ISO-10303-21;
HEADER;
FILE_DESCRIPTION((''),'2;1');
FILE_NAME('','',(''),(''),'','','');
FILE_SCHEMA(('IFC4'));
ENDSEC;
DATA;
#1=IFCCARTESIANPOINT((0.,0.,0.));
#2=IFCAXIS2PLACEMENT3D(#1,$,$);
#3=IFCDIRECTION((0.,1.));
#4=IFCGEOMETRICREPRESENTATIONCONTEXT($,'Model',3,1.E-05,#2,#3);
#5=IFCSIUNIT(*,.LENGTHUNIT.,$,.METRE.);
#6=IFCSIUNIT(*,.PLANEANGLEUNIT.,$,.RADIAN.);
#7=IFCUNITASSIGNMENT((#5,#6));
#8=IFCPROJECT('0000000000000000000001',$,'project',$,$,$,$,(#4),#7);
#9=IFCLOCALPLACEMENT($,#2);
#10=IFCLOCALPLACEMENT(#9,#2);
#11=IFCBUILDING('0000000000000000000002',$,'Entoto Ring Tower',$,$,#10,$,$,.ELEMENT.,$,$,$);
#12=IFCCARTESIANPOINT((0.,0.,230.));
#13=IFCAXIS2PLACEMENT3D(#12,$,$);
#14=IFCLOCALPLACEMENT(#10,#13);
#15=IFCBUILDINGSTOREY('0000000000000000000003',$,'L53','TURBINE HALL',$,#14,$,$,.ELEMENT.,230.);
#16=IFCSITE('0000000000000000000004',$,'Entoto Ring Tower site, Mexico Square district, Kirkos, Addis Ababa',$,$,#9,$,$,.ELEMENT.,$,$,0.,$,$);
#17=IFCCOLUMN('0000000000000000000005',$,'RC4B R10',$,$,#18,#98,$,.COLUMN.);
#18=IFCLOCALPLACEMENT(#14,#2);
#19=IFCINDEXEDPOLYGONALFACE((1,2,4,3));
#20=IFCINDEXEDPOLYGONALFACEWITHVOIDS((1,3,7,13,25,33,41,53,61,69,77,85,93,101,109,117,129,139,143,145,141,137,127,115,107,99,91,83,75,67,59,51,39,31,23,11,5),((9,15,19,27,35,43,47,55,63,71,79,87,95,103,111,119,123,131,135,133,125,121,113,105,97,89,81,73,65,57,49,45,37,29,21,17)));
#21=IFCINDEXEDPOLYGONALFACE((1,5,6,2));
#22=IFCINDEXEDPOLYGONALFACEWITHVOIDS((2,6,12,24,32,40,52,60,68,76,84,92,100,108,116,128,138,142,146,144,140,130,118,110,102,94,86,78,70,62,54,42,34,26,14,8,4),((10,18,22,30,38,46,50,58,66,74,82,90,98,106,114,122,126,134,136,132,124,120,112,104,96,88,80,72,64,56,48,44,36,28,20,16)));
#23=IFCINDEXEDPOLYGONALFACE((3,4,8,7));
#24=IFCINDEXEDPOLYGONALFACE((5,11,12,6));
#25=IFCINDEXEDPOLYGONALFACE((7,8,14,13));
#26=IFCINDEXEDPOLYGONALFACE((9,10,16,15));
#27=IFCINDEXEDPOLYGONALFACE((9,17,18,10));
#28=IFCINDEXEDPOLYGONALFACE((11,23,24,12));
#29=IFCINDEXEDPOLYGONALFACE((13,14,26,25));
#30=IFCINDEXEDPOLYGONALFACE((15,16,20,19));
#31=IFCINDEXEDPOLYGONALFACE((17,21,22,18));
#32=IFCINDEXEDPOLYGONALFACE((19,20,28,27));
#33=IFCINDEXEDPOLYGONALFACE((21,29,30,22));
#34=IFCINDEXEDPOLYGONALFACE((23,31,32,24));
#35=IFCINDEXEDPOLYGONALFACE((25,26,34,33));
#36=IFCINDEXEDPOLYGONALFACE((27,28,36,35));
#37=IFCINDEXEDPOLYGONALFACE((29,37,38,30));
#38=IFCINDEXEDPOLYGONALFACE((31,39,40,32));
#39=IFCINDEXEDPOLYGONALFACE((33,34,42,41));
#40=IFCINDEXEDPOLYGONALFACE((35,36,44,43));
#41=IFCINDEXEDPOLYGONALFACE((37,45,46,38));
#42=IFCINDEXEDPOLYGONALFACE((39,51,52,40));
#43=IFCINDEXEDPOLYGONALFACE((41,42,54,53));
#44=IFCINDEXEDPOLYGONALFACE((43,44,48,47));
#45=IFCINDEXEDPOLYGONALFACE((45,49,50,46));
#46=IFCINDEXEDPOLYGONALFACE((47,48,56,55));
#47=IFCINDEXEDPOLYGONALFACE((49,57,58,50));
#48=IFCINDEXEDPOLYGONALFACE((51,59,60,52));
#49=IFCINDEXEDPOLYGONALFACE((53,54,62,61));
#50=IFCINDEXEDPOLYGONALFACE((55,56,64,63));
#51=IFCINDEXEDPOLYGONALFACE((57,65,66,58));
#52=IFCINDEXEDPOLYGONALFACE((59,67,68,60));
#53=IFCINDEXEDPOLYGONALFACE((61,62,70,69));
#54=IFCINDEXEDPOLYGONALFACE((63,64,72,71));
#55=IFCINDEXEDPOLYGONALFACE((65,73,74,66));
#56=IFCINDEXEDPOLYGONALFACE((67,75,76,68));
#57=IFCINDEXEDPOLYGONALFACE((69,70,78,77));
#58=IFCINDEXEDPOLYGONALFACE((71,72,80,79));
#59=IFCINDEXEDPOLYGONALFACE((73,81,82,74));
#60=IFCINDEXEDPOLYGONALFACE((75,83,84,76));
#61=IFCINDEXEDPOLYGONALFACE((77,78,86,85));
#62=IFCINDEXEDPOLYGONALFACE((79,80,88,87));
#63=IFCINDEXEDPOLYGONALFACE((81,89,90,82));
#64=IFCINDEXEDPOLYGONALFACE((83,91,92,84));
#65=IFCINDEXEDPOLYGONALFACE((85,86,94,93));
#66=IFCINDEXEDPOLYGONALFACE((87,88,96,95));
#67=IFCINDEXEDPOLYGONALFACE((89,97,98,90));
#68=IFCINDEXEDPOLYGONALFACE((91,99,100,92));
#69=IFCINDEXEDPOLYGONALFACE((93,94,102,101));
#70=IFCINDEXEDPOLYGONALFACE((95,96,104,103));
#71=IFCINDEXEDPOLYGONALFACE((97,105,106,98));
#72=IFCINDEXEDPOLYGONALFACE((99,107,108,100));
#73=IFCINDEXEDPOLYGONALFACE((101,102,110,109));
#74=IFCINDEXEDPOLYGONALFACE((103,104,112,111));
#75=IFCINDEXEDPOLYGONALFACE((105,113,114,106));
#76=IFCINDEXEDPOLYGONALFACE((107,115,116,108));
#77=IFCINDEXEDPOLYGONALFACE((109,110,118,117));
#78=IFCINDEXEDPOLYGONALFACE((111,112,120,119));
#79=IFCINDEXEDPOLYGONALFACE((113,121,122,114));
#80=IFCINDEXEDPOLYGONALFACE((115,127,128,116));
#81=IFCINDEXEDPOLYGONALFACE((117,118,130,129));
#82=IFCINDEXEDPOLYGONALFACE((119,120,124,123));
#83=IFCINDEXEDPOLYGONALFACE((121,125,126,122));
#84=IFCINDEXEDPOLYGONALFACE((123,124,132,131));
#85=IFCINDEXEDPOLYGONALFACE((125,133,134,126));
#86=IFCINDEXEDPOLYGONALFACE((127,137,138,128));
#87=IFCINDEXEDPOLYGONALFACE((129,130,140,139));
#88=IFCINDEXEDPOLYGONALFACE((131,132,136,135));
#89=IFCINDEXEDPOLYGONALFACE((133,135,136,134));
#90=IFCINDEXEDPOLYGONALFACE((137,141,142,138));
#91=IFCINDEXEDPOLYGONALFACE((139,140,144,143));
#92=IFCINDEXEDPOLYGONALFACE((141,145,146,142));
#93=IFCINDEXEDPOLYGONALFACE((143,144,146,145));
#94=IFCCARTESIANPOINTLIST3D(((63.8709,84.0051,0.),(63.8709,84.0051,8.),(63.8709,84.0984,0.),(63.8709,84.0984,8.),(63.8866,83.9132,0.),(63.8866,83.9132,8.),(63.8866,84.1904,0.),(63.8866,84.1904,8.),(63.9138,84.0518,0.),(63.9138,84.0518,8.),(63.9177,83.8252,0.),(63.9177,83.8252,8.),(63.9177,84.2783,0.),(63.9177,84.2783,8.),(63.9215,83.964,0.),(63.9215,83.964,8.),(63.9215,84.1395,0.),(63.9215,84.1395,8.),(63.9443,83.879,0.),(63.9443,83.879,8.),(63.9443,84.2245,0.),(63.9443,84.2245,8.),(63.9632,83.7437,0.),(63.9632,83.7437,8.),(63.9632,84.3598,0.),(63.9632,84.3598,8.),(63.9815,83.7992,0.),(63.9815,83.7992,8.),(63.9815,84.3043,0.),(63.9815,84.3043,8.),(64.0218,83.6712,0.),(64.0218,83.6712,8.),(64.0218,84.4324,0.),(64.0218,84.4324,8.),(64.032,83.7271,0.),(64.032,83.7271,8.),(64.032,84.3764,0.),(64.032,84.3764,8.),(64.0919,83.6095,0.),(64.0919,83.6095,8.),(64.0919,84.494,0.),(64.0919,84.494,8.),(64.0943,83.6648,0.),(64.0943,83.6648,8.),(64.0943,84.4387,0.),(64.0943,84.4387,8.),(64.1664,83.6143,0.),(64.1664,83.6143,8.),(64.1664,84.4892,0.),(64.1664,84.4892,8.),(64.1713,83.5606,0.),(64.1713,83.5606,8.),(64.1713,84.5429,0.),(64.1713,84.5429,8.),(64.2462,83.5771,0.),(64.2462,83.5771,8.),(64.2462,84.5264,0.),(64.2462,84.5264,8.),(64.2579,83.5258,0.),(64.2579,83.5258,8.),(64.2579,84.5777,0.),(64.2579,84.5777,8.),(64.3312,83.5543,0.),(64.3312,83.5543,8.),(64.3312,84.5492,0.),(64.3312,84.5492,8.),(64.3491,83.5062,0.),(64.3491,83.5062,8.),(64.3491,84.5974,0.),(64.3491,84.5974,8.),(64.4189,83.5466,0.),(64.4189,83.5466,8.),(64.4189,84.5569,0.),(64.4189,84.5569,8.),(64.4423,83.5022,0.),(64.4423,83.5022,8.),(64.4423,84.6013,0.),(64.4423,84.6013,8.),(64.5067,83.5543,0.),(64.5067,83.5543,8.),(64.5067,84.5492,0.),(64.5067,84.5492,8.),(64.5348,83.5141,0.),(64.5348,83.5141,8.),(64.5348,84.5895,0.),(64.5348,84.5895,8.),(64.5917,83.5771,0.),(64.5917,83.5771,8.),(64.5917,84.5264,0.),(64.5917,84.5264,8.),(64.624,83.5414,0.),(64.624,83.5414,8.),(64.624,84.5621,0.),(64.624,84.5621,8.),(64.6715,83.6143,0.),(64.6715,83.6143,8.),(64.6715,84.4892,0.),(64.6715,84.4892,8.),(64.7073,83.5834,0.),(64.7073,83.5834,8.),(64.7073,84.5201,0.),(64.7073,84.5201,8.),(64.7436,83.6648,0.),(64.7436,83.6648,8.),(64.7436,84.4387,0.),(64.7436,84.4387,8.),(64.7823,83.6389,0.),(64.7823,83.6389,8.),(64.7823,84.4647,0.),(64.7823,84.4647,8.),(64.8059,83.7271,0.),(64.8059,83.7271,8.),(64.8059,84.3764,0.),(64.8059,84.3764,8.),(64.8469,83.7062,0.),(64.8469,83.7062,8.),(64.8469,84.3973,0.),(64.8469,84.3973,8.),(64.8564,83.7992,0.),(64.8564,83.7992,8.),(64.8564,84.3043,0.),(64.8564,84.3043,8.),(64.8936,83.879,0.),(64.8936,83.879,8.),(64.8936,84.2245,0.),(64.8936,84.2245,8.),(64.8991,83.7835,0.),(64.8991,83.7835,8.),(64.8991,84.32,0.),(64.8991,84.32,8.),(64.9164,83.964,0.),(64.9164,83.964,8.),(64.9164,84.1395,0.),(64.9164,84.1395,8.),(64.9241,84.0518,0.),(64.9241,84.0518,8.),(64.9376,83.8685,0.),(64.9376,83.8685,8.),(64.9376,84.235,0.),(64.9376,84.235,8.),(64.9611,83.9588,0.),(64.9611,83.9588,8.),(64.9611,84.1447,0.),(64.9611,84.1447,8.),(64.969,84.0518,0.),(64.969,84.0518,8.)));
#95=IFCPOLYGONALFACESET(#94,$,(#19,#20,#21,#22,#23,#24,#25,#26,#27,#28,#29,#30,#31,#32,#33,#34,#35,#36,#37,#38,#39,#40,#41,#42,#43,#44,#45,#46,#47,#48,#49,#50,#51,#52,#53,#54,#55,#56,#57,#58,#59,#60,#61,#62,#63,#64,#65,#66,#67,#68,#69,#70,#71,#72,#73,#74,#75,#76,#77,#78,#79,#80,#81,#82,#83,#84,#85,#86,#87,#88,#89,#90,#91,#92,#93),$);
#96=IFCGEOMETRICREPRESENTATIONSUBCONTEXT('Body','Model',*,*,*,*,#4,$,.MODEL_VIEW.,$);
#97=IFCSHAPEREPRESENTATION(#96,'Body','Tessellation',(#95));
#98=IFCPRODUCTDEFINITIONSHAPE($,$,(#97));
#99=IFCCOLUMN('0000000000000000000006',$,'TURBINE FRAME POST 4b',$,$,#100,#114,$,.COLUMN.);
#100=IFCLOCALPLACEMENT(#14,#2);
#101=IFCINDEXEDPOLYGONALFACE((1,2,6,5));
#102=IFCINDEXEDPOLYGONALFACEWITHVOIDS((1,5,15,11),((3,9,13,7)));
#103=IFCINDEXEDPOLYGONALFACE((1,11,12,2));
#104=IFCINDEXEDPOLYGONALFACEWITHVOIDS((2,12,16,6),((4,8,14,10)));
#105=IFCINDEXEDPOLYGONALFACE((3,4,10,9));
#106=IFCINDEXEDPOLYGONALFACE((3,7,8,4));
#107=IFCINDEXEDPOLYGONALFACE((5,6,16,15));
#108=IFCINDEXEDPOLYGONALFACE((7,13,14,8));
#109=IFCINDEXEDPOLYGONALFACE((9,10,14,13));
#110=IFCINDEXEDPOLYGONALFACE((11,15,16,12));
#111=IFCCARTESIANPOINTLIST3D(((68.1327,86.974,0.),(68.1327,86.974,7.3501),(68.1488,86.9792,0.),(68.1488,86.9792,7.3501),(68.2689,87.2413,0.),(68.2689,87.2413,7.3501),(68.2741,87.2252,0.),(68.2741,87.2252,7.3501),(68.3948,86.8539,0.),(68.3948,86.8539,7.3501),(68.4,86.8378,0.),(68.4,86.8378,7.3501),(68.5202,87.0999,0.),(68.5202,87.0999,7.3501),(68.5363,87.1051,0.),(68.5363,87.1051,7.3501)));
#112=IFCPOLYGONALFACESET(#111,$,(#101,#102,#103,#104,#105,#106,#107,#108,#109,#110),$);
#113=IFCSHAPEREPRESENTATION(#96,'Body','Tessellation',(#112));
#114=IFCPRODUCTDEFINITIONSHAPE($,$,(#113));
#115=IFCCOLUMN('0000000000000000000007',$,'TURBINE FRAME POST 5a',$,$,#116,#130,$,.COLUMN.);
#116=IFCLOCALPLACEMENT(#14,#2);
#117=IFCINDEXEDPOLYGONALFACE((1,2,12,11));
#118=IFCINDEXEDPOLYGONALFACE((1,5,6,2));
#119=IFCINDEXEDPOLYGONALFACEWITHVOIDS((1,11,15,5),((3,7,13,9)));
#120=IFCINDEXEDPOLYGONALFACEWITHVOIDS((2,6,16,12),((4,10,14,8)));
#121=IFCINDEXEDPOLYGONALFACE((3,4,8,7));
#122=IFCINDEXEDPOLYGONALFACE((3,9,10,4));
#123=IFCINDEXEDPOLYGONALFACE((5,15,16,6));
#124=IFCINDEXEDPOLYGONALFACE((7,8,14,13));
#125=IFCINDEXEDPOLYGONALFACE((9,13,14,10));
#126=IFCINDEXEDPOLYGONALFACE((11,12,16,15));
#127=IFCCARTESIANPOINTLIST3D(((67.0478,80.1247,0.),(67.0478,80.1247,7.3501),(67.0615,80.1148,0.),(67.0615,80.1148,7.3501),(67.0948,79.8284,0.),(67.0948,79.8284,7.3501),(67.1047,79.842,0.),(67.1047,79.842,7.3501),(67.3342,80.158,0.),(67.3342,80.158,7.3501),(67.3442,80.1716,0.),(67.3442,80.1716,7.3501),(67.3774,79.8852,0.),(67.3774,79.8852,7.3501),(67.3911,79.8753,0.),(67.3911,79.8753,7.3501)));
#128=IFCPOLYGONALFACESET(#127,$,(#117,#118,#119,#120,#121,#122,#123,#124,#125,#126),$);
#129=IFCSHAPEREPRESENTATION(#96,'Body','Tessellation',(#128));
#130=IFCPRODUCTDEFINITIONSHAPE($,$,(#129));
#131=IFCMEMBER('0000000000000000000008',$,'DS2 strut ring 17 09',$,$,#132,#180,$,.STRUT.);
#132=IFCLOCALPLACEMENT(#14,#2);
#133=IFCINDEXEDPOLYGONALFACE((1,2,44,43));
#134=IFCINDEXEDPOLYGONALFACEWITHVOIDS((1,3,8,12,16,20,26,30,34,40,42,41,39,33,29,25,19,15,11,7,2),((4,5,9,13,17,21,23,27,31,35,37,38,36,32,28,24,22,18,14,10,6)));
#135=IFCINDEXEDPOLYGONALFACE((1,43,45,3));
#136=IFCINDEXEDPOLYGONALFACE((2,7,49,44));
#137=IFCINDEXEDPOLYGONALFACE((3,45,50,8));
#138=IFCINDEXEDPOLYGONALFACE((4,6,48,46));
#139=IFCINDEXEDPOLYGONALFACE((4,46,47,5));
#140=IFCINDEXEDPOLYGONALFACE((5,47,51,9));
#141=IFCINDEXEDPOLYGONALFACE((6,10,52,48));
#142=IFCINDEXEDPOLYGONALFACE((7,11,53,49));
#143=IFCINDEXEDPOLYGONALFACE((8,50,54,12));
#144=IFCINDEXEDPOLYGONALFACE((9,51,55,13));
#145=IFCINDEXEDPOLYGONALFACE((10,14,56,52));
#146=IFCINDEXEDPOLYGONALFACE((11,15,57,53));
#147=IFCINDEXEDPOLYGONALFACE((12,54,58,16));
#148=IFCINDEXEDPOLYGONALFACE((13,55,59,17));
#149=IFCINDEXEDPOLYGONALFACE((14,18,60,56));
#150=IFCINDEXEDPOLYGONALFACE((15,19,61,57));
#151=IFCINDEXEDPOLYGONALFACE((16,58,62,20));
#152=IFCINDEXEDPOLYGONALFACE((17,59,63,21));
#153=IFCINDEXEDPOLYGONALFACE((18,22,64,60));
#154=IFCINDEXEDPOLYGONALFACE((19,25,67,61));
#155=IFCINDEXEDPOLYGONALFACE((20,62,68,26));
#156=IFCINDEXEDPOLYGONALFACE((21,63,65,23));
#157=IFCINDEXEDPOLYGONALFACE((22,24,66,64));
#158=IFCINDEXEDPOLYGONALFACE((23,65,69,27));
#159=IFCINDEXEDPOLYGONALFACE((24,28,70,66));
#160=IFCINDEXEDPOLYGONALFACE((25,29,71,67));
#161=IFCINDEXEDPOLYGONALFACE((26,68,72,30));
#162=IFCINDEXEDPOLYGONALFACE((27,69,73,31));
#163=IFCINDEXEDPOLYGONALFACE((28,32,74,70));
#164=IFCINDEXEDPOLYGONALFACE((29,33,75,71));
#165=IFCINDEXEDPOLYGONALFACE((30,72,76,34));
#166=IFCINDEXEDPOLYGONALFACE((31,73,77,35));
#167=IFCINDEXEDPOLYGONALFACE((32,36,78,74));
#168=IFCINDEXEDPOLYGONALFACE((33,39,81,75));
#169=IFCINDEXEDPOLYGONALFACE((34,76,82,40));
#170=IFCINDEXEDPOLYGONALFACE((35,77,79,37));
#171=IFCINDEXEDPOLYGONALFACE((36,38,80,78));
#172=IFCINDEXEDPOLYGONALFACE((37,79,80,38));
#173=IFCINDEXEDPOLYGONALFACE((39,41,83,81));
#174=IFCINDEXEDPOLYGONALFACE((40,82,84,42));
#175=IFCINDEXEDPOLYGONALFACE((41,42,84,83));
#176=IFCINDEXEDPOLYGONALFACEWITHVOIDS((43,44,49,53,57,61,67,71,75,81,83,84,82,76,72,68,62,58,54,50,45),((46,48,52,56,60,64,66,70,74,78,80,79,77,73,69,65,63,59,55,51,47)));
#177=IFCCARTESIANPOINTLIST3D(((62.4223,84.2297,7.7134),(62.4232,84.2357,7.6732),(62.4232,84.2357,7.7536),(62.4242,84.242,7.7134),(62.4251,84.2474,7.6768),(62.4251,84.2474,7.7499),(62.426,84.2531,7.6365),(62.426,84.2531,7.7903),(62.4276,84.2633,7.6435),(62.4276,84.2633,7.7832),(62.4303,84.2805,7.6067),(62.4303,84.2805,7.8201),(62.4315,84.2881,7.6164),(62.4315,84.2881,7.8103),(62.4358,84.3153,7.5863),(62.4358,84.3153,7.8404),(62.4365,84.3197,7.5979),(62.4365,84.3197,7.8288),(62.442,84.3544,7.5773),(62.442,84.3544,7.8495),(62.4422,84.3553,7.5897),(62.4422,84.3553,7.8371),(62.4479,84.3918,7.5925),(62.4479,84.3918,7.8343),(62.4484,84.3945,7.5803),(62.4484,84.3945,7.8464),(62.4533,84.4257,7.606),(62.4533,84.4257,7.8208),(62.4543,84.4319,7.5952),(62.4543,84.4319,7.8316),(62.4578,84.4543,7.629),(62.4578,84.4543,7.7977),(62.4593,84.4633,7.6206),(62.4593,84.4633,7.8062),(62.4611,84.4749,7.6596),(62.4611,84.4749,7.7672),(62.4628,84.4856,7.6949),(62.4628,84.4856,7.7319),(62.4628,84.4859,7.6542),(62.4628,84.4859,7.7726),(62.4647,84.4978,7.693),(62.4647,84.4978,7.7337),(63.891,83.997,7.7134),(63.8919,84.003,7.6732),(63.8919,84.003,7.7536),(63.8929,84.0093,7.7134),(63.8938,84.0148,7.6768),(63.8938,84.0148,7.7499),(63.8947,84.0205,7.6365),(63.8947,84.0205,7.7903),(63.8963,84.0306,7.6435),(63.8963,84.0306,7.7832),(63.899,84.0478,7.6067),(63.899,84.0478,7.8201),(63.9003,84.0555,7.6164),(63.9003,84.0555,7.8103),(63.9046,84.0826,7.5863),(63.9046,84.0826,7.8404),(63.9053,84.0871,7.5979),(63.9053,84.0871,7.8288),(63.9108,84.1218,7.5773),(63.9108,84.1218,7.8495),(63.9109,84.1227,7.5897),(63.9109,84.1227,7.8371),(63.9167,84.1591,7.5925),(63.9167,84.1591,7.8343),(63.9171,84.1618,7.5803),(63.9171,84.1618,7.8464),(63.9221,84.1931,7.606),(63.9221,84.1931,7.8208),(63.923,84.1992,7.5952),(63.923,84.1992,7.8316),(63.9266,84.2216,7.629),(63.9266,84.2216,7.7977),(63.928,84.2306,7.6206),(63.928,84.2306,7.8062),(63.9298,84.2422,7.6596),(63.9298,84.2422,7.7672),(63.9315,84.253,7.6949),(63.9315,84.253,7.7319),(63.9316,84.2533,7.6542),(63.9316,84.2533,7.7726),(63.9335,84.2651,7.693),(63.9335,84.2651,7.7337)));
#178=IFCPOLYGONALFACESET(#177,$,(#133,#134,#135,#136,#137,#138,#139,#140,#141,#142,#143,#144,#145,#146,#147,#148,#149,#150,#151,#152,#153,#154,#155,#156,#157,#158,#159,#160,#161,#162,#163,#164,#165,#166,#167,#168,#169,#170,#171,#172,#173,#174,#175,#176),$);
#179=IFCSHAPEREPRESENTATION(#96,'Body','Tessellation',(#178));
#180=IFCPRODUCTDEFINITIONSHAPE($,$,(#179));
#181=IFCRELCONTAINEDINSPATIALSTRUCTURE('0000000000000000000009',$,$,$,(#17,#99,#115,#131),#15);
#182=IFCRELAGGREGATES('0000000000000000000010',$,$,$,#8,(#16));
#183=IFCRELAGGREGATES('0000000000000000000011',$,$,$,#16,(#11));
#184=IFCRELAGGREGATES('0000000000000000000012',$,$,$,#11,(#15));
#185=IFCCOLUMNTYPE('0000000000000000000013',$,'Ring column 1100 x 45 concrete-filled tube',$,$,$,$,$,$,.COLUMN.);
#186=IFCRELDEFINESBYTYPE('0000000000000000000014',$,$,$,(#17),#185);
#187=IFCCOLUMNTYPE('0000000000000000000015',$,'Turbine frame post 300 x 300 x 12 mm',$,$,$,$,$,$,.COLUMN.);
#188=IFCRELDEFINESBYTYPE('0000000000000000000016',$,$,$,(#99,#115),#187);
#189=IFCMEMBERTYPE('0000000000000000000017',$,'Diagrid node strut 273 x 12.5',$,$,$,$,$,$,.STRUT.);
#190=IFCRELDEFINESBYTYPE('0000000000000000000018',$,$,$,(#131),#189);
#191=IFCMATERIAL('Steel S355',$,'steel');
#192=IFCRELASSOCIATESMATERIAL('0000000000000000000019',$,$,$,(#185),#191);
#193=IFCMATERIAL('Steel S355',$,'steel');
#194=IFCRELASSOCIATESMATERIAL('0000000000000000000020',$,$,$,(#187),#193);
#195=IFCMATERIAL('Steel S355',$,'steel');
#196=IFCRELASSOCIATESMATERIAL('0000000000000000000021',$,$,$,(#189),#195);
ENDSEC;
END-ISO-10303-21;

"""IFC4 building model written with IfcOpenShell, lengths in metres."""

from ifc_helpers import new_model, si_unit, direction, frame, origin, origin_2d, place, context, subcontext, project, spatial, hollow_rectangle, circle, hollow_circle, extrude, material, material_profile, profile_set, type_object, element, save


model = new_model("IFC4")

# Units and contexts
model_context = context("Model", 3, precision=1e-05, world=origin(), true_north=direction((0.0, 1.0)))
body_context = subcontext(model_context, "Body", "Model", "MODEL_VIEW")
ifc_project = project(units=[si_unit("LENGTHUNIT", "METRE"), si_unit("PLANEANGLEUNIT", "RADIAN")], contexts=[model_context])

# Site, building, storey
site_placement = place(None, origin())
site = spatial("IfcSite", under=ifc_project, at=site_placement, Name="Entoto Ring Tower site, Mexico Square district, Kirkos, Addis Ababa", CompositionType="ELEMENT", RefElevation=0.0)
building_placement = place(site_placement, origin())
building = spatial("IfcBuilding", under=site, at=building_placement, Name="Entoto Ring Tower", CompositionType="ELEMENT")
storey_placement = place(building_placement, frame((0.0, 0.0, 230.0)))
storey = spatial("IfcBuildingStorey", under=building, at=storey_placement, Name="L53", Description="TURBINE HALL", CompositionType="ELEMENT", Elevation=230.0)

# Columns
ifc_material_1 = material(Name="Steel S355", Category="steel")
ifc_material_profile_1 = material_profile(ifc_material_1, hollow_circle(Radius=0.55, WallThickness=0.0449, at=origin_2d()), Name="CHS 1100 x 45")
ifc_material_2 = material(Name="Concrete C60/75", Category="concrete")
ifc_material_profile_2 = material_profile(ifc_material_2, circle(Radius=0.5049, at=origin_2d()), Name="Concrete C60/75 infill")
ifc_profile_set_1 = profile_set([ifc_material_profile_1, ifc_material_profile_2], Name="Steel S355")
column_type_1 = type_object("IfcColumnType", Name="Ring column 1100 x 45 concrete-filled tube", PredefinedType="COLUMN", material=ifc_profile_set_1)
column_placement = place(storey_placement, frame((64.4189, 84.0518, 0.0), z_axis=(0.0, 0.0, 1.0), x_axis=(1.0, 0.0, 0.0)))
element("IfcColumn", 1, at=column_placement, inside=storey, type_object=column_type_1, Name="RC4B R10", PredefinedType="COLUMN", context=body_context, shape_type="SweptSolid", body=[
    extrude(hollow_circle(Radius=0.55, WallThickness=0.0449, at=origin_2d()), origin(), (0.0, 0.0, 1.0), 8.0),
])
ifc_material_3 = material(Name="Steel S355", Category="steel")
ifc_material_profile_3 = material_profile(ifc_material_3, hollow_rectangle(XDim=0.3, YDim=0.3, WallThickness=0.012, at=origin_2d()), Name="Turbine frame post 300 x 300 x 12 mm")
ifc_profile_set_2 = profile_set([ifc_material_profile_3], Name="Steel S355")
column_type_2 = type_object("IfcColumnType", Name="Turbine frame post 300 x 300 x 12 mm", PredefinedType="COLUMN", material=ifc_profile_set_2)
for number, where, z_axis, x_axis, name in (
    (2, (68.3345, 87.0396, 0.0), (0.0, 0.0, 1.0), (-0.45399, -0.891007, 0.0), "TURBINE FRAME POST 4b"),
    (3, (67.2195, 80.0, 0.0), (0.0, 0.0, 1.0), (0.156434, -0.987688, 0.0), "TURBINE FRAME POST 5a"),
):
    element("IfcColumn", number, at=place(storey_placement, frame(where, z_axis=z_axis, x_axis=x_axis)), inside=storey, type_object=column_type_2, Name=name, PredefinedType="COLUMN", context=body_context, shape_type="SweptSolid", body=[
        extrude(hollow_rectangle(XDim=0.3, YDim=0.3, WallThickness=0.012, at=origin_2d()), origin(), (0.0, 0.0, 1.0), 7.3501),
    ])

# Member
ifc_material_4 = material(Name="Steel S355", Category="steel")
ifc_material_profile_4 = material_profile(ifc_material_4, hollow_circle(Radius=0.1365, WallThickness=0.0125, at=origin_2d()), Name="CHS 273 x 12.5")
ifc_material_5 = material(Name="Concrete C60/75", Category="concrete")
ifc_material_profile_5 = material_profile(ifc_material_5, circle(Radius=0.124, at=origin_2d()), Name="Concrete C60/75 infill")
ifc_profile_set_3 = profile_set([ifc_material_profile_4, ifc_material_profile_5], Name="Steel S355")
member_type_1 = type_object("IfcMemberType", Name="Diagrid node strut 273 x 12.5", PredefinedType="STRUT", material=ifc_profile_set_3)
member_1_placement = place(storey_placement, frame((63.9124, 84.1318, 7.7134), z_axis=(-0.987684, 0.15646, 0.0), x_axis=(-0.15646, -0.987684, 0.0)))
element("IfcMember", 4, at=member_1_placement, inside=storey, type_object=member_type_1, Name="DS2 strut ring 17 09", PredefinedType="STRUT", context=body_context, shape_type="SweptSolid", body=[
    extrude(hollow_circle(Radius=0.1365, WallThickness=0.0125, at=origin_2d()), origin(), (0.0, 0.0, 1.0), 1.4871),
])

save(model, "model.ifc")
